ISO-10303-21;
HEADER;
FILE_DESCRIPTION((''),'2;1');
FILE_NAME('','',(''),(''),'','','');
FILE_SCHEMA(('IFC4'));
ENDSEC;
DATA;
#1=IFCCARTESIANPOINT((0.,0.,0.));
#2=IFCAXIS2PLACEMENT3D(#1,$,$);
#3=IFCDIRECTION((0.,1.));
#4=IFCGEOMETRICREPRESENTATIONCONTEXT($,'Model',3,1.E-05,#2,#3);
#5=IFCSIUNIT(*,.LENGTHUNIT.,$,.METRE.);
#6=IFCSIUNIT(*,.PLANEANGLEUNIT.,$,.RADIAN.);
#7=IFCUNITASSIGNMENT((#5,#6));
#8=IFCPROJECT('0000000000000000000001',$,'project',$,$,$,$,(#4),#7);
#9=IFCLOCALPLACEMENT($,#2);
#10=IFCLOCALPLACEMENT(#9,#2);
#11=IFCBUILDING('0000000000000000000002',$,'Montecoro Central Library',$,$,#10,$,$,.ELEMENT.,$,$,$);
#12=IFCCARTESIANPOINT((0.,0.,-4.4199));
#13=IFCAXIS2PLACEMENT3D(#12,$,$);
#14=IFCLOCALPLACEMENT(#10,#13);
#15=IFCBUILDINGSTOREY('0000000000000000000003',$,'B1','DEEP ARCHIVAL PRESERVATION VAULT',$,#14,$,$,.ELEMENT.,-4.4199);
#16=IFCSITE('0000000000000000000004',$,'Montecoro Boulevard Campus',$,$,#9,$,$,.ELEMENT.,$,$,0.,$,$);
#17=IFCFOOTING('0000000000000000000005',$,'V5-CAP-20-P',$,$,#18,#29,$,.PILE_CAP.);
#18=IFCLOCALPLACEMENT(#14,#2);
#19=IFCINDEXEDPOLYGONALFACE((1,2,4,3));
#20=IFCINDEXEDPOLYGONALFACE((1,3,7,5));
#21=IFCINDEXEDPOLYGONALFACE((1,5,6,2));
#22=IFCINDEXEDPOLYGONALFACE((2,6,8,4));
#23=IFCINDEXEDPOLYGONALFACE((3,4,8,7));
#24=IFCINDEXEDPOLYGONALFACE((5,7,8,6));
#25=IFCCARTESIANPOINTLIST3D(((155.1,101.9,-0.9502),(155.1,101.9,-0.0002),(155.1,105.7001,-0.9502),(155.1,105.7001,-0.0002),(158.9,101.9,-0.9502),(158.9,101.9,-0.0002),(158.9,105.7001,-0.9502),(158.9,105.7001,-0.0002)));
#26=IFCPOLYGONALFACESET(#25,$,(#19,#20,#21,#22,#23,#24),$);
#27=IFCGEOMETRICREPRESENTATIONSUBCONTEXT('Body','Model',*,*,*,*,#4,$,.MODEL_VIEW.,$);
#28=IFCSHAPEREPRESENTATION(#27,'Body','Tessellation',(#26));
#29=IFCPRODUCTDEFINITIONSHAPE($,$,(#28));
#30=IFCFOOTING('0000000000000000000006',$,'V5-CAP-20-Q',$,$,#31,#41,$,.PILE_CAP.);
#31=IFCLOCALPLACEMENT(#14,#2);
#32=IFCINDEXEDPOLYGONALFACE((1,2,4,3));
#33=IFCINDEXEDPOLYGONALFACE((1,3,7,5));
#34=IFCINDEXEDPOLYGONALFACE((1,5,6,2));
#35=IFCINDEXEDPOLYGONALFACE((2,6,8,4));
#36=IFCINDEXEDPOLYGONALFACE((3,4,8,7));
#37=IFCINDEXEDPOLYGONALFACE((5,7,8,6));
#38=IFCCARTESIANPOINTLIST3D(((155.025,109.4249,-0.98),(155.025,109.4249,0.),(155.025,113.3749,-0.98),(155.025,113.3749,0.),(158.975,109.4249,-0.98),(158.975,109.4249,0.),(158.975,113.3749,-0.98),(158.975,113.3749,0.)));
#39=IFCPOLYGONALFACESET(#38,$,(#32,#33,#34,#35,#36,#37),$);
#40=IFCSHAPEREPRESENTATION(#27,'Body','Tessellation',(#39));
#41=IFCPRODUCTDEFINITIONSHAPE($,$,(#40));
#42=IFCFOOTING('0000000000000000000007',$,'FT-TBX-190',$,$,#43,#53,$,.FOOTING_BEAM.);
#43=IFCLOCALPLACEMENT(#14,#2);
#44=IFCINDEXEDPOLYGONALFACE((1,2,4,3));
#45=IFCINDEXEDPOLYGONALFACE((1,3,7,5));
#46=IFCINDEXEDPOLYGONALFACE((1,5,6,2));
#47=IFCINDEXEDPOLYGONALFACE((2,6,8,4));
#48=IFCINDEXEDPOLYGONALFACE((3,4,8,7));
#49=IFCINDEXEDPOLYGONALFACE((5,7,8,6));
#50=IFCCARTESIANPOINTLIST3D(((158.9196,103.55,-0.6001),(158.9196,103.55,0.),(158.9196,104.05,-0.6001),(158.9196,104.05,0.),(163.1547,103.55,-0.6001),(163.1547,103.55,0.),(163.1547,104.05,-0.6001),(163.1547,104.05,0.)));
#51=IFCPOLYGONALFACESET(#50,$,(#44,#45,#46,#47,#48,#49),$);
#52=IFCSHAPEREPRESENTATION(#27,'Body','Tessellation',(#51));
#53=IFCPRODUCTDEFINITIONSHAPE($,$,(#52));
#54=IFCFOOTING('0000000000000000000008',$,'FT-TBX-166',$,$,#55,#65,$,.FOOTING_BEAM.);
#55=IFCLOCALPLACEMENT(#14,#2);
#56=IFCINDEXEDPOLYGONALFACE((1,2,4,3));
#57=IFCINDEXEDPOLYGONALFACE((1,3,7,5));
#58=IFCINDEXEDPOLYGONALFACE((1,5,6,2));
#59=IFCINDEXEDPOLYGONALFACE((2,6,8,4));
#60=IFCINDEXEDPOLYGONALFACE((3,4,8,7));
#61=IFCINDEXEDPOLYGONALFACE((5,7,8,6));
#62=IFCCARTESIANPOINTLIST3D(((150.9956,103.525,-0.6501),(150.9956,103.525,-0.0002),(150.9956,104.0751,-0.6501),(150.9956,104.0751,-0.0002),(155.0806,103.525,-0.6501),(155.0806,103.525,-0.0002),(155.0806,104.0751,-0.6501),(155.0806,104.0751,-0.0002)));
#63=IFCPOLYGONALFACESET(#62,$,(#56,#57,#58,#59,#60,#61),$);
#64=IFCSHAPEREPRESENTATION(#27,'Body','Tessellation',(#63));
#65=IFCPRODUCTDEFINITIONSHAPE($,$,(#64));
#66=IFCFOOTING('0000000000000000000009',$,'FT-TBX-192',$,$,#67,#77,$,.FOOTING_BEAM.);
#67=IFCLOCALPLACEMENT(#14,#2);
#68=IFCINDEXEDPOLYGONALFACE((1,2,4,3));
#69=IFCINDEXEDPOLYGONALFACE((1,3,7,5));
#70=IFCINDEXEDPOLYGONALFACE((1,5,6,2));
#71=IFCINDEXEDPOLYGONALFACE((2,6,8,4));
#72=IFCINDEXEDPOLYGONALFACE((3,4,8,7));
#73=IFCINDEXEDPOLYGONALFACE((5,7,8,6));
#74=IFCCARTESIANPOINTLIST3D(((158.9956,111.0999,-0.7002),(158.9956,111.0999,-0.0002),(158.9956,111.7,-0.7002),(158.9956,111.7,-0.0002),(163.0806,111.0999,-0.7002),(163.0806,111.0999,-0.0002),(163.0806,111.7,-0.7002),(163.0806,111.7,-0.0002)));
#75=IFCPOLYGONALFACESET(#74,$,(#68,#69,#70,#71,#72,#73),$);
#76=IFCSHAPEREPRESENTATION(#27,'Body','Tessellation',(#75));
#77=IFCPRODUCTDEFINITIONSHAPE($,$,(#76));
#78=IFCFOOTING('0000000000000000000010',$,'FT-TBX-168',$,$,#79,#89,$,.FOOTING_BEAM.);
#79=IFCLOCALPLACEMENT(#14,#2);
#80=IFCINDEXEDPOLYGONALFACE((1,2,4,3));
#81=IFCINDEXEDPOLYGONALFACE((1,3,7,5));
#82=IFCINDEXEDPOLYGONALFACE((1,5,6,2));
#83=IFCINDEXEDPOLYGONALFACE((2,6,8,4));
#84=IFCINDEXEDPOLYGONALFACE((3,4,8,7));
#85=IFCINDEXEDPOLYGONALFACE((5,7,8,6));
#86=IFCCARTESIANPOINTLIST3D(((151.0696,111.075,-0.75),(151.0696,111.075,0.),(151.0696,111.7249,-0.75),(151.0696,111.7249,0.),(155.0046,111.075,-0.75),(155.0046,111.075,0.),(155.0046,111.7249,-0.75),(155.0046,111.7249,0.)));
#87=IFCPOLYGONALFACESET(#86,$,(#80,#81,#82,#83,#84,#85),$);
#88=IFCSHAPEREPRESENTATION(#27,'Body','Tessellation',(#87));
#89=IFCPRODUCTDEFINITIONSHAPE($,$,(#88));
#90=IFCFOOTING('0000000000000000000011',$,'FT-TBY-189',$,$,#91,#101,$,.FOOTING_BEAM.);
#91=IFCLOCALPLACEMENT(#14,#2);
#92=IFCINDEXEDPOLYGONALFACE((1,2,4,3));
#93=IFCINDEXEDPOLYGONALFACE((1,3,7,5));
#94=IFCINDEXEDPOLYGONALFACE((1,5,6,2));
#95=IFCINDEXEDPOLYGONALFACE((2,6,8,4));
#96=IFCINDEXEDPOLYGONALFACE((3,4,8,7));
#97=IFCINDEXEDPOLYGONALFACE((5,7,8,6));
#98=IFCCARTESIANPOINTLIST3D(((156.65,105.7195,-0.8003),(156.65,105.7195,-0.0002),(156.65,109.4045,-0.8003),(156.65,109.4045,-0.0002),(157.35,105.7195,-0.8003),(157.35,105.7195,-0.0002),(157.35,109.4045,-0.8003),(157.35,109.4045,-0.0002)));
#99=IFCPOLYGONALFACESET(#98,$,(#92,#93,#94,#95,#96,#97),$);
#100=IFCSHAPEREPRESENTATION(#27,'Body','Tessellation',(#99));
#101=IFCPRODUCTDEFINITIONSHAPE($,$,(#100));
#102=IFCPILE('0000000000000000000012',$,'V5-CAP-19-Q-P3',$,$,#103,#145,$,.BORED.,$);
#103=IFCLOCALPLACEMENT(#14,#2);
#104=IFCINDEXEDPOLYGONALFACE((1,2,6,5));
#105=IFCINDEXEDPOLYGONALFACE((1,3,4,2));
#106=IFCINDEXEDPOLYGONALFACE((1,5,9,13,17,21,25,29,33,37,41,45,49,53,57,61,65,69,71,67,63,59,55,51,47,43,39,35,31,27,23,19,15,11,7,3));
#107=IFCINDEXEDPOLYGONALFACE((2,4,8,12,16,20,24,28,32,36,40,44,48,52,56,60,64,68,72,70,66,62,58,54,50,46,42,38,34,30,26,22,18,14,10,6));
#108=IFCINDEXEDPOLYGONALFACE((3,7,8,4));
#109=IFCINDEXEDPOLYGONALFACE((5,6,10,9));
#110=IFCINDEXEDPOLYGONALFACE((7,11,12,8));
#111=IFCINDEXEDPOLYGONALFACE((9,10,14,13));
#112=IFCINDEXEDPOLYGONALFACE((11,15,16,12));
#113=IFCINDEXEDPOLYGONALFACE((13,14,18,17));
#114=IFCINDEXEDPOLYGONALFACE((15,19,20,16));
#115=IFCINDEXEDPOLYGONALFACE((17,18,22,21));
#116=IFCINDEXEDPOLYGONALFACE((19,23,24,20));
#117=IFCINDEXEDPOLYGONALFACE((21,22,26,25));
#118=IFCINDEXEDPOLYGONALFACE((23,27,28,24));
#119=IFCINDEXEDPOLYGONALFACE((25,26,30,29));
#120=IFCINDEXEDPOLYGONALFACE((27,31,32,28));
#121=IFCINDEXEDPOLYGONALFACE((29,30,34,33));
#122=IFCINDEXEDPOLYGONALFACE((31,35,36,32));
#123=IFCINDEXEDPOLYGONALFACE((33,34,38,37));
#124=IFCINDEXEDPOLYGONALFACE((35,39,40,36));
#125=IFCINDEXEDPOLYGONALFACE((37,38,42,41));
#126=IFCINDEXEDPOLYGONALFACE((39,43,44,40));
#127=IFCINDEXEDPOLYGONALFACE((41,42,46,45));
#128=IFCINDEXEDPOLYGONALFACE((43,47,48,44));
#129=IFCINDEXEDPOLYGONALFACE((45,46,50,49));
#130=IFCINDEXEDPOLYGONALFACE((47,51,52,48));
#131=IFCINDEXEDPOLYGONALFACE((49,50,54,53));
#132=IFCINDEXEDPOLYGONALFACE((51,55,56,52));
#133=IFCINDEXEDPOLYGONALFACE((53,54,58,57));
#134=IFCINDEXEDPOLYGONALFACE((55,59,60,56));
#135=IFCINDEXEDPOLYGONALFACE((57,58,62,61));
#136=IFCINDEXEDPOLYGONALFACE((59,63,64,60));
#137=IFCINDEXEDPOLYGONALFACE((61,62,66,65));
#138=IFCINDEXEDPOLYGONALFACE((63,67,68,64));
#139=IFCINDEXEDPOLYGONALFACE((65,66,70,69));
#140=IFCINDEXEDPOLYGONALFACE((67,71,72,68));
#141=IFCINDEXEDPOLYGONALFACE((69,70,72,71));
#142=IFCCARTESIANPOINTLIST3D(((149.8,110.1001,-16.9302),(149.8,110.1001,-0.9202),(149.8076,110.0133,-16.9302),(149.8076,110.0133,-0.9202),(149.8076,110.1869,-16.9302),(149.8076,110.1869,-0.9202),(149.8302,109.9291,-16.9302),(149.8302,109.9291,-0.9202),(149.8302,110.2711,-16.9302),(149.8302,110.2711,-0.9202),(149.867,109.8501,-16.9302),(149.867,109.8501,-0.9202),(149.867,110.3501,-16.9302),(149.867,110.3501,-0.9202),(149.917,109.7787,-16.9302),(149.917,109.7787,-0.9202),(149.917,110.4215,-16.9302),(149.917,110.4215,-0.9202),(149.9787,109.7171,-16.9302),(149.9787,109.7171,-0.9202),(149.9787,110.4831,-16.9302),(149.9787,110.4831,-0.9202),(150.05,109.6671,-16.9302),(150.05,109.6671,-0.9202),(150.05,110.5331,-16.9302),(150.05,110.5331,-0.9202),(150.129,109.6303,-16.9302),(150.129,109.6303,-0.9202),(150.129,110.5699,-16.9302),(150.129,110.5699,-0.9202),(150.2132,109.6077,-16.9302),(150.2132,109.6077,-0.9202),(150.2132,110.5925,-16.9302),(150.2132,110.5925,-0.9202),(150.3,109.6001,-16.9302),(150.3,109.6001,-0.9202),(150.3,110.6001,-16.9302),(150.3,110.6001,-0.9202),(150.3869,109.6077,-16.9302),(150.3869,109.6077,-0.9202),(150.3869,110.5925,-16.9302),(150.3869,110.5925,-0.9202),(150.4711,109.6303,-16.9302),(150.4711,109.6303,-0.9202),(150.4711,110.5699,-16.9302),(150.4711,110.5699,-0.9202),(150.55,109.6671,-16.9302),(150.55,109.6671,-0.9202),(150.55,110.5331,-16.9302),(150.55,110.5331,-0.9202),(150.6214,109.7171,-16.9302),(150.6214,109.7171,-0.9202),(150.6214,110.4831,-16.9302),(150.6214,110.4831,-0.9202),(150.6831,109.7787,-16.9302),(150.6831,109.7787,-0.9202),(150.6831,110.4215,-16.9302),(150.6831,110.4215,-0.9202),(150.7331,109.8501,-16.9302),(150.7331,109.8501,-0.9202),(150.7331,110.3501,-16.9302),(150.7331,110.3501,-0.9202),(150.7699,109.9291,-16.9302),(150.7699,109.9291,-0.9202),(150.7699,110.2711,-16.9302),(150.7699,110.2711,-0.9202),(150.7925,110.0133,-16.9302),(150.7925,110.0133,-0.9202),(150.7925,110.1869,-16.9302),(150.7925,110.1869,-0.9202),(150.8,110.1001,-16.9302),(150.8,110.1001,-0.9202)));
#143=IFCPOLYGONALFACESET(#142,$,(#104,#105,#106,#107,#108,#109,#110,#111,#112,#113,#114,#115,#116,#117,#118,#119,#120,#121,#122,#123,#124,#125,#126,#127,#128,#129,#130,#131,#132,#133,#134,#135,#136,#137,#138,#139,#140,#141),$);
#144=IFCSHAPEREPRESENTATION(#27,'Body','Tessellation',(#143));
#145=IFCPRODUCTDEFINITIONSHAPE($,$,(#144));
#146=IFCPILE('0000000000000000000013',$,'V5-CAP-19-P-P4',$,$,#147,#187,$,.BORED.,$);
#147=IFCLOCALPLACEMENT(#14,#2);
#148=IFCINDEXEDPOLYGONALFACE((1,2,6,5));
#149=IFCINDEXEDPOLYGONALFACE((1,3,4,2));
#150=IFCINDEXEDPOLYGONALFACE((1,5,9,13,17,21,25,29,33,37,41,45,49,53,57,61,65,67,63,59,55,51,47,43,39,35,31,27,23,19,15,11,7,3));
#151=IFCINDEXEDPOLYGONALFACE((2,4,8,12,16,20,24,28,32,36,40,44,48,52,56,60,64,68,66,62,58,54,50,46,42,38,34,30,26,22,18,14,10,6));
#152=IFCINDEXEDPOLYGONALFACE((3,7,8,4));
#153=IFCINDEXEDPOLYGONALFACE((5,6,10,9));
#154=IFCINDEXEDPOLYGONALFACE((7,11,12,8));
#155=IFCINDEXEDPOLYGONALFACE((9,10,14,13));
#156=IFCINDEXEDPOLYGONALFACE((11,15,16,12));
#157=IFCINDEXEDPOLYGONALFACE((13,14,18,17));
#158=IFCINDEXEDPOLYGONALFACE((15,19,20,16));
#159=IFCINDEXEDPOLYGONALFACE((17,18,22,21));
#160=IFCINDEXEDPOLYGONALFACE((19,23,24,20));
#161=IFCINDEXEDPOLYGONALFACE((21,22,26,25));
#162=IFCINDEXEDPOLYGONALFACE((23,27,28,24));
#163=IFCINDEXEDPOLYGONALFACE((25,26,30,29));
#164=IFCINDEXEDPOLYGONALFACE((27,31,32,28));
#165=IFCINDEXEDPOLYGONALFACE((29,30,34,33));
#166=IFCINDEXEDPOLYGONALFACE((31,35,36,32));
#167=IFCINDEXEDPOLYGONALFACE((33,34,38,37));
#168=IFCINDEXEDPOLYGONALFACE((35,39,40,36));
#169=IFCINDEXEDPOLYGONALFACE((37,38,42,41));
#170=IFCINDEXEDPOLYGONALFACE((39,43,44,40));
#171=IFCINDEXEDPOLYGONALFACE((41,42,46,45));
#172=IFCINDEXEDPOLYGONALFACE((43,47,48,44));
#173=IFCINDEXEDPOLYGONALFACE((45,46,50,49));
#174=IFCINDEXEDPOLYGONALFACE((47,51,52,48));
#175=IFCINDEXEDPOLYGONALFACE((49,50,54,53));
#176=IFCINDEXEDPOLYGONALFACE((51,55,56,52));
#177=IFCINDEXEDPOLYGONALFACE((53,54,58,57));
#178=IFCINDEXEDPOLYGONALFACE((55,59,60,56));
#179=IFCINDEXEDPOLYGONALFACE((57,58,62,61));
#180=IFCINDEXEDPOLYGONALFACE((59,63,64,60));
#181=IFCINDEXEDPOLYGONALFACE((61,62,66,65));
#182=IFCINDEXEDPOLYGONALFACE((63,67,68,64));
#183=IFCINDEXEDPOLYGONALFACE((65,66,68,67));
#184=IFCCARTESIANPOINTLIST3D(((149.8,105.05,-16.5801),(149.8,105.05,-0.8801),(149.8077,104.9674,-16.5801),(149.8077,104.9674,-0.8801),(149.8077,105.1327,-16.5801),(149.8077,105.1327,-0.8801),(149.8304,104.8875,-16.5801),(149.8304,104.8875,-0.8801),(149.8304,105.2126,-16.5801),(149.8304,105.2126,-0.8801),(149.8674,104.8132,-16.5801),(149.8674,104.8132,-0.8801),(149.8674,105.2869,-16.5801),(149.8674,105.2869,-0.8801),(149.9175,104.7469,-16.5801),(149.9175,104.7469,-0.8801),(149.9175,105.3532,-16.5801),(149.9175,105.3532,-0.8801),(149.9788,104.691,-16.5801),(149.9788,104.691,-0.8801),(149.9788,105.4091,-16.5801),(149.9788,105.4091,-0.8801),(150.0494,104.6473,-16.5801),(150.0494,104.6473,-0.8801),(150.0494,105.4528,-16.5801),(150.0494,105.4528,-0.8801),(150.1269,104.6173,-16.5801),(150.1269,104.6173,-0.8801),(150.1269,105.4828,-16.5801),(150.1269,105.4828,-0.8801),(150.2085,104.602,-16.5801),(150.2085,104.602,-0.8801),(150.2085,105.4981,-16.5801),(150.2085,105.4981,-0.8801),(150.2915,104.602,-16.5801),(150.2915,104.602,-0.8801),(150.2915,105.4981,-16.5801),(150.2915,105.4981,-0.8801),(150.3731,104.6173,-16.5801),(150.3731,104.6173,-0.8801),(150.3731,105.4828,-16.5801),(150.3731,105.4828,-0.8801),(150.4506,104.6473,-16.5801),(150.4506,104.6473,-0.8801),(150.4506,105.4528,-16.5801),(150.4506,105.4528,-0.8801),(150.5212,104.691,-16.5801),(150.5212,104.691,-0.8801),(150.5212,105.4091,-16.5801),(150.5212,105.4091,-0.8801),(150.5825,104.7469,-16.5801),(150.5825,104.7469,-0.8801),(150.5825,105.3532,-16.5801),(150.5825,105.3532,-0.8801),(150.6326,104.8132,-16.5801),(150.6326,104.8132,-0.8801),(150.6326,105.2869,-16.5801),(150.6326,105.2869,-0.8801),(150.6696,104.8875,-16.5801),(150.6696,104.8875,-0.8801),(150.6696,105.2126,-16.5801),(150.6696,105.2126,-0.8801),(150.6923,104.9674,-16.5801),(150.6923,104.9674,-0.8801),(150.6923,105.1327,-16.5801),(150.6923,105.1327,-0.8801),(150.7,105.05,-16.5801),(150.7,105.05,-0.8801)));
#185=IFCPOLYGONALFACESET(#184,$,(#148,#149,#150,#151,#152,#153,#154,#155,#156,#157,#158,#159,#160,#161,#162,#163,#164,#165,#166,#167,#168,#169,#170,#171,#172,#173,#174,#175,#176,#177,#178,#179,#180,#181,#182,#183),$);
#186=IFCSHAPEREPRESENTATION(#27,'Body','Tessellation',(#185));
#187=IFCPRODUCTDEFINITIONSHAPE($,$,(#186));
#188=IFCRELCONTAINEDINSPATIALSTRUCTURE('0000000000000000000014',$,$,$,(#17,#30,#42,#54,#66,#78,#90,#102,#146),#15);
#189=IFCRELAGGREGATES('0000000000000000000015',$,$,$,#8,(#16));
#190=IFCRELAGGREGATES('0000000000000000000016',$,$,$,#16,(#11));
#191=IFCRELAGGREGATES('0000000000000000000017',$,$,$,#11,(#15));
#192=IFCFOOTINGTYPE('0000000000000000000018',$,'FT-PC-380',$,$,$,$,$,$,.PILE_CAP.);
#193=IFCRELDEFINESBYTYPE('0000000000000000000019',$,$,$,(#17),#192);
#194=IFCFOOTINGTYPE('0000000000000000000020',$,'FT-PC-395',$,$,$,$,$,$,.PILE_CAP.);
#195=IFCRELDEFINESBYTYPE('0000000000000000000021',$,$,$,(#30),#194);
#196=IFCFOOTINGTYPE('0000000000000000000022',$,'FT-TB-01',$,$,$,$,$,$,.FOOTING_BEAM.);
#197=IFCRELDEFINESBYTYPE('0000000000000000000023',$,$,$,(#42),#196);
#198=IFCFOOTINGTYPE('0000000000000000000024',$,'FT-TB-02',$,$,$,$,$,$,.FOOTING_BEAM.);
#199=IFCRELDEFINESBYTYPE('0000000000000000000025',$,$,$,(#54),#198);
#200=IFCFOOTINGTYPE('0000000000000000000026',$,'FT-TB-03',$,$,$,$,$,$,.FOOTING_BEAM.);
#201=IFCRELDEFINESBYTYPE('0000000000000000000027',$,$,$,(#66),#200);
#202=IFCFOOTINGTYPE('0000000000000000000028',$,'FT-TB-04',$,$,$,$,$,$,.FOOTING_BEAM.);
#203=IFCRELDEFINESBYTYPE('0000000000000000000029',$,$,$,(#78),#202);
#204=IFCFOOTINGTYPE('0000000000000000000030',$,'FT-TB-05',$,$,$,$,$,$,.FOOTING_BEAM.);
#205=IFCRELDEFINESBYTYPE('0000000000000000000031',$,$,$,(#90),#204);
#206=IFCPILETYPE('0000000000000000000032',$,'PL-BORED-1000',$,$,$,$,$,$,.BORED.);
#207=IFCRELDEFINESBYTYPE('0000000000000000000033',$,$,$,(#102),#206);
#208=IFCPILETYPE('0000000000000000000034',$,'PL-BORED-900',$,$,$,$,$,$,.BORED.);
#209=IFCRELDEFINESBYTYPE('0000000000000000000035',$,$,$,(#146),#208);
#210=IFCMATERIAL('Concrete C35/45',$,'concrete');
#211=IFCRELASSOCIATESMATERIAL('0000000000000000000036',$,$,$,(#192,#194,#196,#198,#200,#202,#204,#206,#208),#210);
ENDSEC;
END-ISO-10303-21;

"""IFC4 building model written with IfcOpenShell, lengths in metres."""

from ifc_helpers import new_model, si_unit, direction, frame, origin, origin_2d, place, context, subcontext, project, spatial, rectangle, circle, extrude, material, material_profile, profile_set, type_object, element, save


model = new_model("IFC4")

# Units and contexts
model_context = context("Model", 3, precision=1e-05, world=origin(), true_north=direction((0.0, 1.0)))
body_context = subcontext(model_context, "Body", "Model", "MODEL_VIEW")
ifc_project = project(units=[si_unit("LENGTHUNIT", "METRE"), si_unit("PLANEANGLEUNIT", "RADIAN")], contexts=[model_context])

# Site, building, storey
site_placement = place(None, origin())
site = spatial("IfcSite", under=ifc_project, at=site_placement, Name="Montecoro Boulevard Campus", CompositionType="ELEMENT", RefElevation=0.0)
building_placement = place(site_placement, origin())
building = spatial("IfcBuilding", under=site, at=building_placement, Name="Montecoro Central Library", CompositionType="ELEMENT")
storey_placement = place(building_placement, frame((0.0, 0.0, -4.4199)))
storey = spatial("IfcBuildingStorey", under=building, at=storey_placement, Name="B1", Description="DEEP ARCHIVAL PRESERVATION VAULT", CompositionType="ELEMENT", Elevation=-4.4199)

# Footings
ifc_material_1 = material(Name="Concrete C35/45", Category="concrete")
footing_type_1 = type_object("IfcFootingType", Name="FT-PC-380", PredefinedType="PILE_CAP", material=ifc_material_1)
footing_1_placement = place(storey_placement, frame((157.0, 103.8, -0.9502), z_axis=(0.0, 0.0, 1.0), x_axis=(1.0, 0.0, 0.0)))
element("IfcFooting", 1, at=footing_1_placement, inside=storey, type_object=footing_type_1, Name="V5-CAP-20-P", PredefinedType="PILE_CAP", context=body_context, shape_type="SweptSolid", body=[
    extrude(rectangle(XDim=3.8, YDim=3.8, at=origin_2d()), origin(), (0.0, 0.0, 1.0), 0.95),
])
footing_type_2 = type_object("IfcFootingType", Name="FT-PC-395", PredefinedType="PILE_CAP", material=ifc_material_1)
footing_2_placement = place(storey_placement, frame((157.0, 111.3999, -0.98), z_axis=(0.0, 0.0, 1.0), x_axis=(1.0, 0.0, 0.0)))
element("IfcFooting", 2, at=footing_2_placement, inside=storey, type_object=footing_type_2, Name="V5-CAP-20-Q", PredefinedType="PILE_CAP", context=body_context, shape_type="SweptSolid", body=[
    extrude(rectangle(XDim=3.95, YDim=3.95, at=origin_2d()), origin(), (0.0, 0.0, 1.0), 0.98),
])
footing_type_3 = type_object("IfcFootingType", Name="FT-TB-01", PredefinedType="FOOTING_BEAM", material=ifc_material_1)
footing_3_placement = place(storey_placement, frame((161.0371, 103.8, -0.6001), z_axis=(0.0, 0.0, 1.0), x_axis=(1.0, 0.0, 0.0)))
element("IfcFooting", 3, at=footing_3_placement, inside=storey, type_object=footing_type_3, Name="FT-TBX-190", PredefinedType="FOOTING_BEAM", context=body_context, shape_type="SweptSolid", body=[
    extrude(rectangle(XDim=4.2351, YDim=0.5, at=origin_2d()), origin(), (0.0, 0.0, 1.0), 0.6001),
])
footing_type_4 = type_object("IfcFootingType", Name="FT-TB-02", PredefinedType="FOOTING_BEAM", material=ifc_material_1)
footing_4_placement = place(storey_placement, frame((153.0381, 103.8, -0.6501), z_axis=(0.0, 0.0, 1.0), x_axis=(1.0, 0.0, 0.0)))
element("IfcFooting", 4, at=footing_4_placement, inside=storey, type_object=footing_type_4, Name="FT-TBX-166", PredefinedType="FOOTING_BEAM", context=body_context, shape_type="SweptSolid", body=[
    extrude(rectangle(XDim=4.085, YDim=0.55, at=origin_2d()), origin(), (0.0, 0.0, 1.0), 0.6499),
])
footing_type_5 = type_object("IfcFootingType", Name="FT-TB-03", PredefinedType="FOOTING_BEAM", material=ifc_material_1)
footing_5_placement = place(storey_placement, frame((161.0381, 111.3999, -0.7002), z_axis=(0.0, 0.0, 1.0), x_axis=(1.0, 0.0, 0.0)))
element("IfcFooting", 5, at=footing_5_placement, inside=storey, type_object=footing_type_5, Name="FT-TBX-192", PredefinedType="FOOTING_BEAM", context=body_context, shape_type="SweptSolid", body=[
    extrude(rectangle(XDim=4.085, YDim=0.6001, at=origin_2d()), origin(), (0.0, 0.0, 1.0), 0.7),
])
footing_type_6 = type_object("IfcFootingType", Name="FT-TB-04", PredefinedType="FOOTING_BEAM", material=ifc_material_1)
footing_6_placement = place(storey_placement, frame((153.0371, 111.3999, -0.75), z_axis=(0.0, 0.0, 1.0), x_axis=(1.0, 0.0, 0.0)))
element("IfcFooting", 6, at=footing_6_placement, inside=storey, type_object=footing_type_6, Name="FT-TBX-168", PredefinedType="FOOTING_BEAM", context=body_context, shape_type="SweptSolid", body=[
    extrude(rectangle(XDim=3.9351, YDim=0.6499, at=origin_2d()), origin(), (0.0, 0.0, 1.0), 0.75),
])
footing_type_7 = type_object("IfcFootingType", Name="FT-TB-05", PredefinedType="FOOTING_BEAM", material=ifc_material_1)
footing_7_placement = place(storey_placement, frame((157.0, 107.562, -0.8003), z_axis=(0.0, 0.0, 1.0), x_axis=(1.0, 0.0, 0.0)))
element("IfcFooting", 7, at=footing_7_placement, inside=storey, type_object=footing_type_7, Name="FT-TBY-189", PredefinedType="FOOTING_BEAM", context=body_context, shape_type="SweptSolid", body=[
    extrude(rectangle(XDim=0.7, YDim=3.6851, at=origin_2d()), origin(), (0.0, 0.0, 1.0), 0.8),
])

# Piles
ifc_material_profile_1 = material_profile(ifc_material_1, circle(Radius=0.5, at=origin_2d()), Name="PILE D1000")
ifc_profile_set_1 = profile_set([ifc_material_profile_1], Name="Concrete C35/45")
pile_type_1 = type_object("IfcPileType", Name="PL-BORED-1000", PredefinedType="BORED", material=ifc_profile_set_1)
pile_1_placement = place(storey_placement, frame((150.3, 110.1001, -0.9202), z_axis=(0.0, 0.0, -1.0), x_axis=(1.0, 0.0, 0.0)))
element("IfcPile", 8, at=pile_1_placement, inside=storey, type_object=pile_type_1, Name="V5-CAP-19-Q-P3", PredefinedType="BORED", context=body_context, shape_type="SweptSolid", body=[
    extrude(circle(Radius=0.5, at=origin_2d()), origin(), (0.0, 0.0, 1.0), 16.01),
])
ifc_material_profile_2 = material_profile(ifc_material_1, circle(Radius=0.45, at=origin_2d()), Name="PILE D900")
ifc_profile_set_2 = profile_set([ifc_material_profile_2], Name="Concrete C35/45")
pile_type_2 = type_object("IfcPileType", Name="PL-BORED-900", PredefinedType="BORED", material=ifc_profile_set_2)
pile_2_placement = place(storey_placement, frame((150.25, 105.05, -0.8801), z_axis=(0.0, 0.0, -1.0), x_axis=(1.0, 0.0, 0.0)))
element("IfcPile", 9, at=pile_2_placement, inside=storey, type_object=pile_type_2, Name="V5-CAP-19-P-P4", PredefinedType="BORED", context=body_context, shape_type="SweptSolid", body=[
    extrude(circle(Radius=0.45, at=origin_2d()), origin(), (0.0, 0.0, 1.0), 15.7),
])

save(model, "model.ifc")
